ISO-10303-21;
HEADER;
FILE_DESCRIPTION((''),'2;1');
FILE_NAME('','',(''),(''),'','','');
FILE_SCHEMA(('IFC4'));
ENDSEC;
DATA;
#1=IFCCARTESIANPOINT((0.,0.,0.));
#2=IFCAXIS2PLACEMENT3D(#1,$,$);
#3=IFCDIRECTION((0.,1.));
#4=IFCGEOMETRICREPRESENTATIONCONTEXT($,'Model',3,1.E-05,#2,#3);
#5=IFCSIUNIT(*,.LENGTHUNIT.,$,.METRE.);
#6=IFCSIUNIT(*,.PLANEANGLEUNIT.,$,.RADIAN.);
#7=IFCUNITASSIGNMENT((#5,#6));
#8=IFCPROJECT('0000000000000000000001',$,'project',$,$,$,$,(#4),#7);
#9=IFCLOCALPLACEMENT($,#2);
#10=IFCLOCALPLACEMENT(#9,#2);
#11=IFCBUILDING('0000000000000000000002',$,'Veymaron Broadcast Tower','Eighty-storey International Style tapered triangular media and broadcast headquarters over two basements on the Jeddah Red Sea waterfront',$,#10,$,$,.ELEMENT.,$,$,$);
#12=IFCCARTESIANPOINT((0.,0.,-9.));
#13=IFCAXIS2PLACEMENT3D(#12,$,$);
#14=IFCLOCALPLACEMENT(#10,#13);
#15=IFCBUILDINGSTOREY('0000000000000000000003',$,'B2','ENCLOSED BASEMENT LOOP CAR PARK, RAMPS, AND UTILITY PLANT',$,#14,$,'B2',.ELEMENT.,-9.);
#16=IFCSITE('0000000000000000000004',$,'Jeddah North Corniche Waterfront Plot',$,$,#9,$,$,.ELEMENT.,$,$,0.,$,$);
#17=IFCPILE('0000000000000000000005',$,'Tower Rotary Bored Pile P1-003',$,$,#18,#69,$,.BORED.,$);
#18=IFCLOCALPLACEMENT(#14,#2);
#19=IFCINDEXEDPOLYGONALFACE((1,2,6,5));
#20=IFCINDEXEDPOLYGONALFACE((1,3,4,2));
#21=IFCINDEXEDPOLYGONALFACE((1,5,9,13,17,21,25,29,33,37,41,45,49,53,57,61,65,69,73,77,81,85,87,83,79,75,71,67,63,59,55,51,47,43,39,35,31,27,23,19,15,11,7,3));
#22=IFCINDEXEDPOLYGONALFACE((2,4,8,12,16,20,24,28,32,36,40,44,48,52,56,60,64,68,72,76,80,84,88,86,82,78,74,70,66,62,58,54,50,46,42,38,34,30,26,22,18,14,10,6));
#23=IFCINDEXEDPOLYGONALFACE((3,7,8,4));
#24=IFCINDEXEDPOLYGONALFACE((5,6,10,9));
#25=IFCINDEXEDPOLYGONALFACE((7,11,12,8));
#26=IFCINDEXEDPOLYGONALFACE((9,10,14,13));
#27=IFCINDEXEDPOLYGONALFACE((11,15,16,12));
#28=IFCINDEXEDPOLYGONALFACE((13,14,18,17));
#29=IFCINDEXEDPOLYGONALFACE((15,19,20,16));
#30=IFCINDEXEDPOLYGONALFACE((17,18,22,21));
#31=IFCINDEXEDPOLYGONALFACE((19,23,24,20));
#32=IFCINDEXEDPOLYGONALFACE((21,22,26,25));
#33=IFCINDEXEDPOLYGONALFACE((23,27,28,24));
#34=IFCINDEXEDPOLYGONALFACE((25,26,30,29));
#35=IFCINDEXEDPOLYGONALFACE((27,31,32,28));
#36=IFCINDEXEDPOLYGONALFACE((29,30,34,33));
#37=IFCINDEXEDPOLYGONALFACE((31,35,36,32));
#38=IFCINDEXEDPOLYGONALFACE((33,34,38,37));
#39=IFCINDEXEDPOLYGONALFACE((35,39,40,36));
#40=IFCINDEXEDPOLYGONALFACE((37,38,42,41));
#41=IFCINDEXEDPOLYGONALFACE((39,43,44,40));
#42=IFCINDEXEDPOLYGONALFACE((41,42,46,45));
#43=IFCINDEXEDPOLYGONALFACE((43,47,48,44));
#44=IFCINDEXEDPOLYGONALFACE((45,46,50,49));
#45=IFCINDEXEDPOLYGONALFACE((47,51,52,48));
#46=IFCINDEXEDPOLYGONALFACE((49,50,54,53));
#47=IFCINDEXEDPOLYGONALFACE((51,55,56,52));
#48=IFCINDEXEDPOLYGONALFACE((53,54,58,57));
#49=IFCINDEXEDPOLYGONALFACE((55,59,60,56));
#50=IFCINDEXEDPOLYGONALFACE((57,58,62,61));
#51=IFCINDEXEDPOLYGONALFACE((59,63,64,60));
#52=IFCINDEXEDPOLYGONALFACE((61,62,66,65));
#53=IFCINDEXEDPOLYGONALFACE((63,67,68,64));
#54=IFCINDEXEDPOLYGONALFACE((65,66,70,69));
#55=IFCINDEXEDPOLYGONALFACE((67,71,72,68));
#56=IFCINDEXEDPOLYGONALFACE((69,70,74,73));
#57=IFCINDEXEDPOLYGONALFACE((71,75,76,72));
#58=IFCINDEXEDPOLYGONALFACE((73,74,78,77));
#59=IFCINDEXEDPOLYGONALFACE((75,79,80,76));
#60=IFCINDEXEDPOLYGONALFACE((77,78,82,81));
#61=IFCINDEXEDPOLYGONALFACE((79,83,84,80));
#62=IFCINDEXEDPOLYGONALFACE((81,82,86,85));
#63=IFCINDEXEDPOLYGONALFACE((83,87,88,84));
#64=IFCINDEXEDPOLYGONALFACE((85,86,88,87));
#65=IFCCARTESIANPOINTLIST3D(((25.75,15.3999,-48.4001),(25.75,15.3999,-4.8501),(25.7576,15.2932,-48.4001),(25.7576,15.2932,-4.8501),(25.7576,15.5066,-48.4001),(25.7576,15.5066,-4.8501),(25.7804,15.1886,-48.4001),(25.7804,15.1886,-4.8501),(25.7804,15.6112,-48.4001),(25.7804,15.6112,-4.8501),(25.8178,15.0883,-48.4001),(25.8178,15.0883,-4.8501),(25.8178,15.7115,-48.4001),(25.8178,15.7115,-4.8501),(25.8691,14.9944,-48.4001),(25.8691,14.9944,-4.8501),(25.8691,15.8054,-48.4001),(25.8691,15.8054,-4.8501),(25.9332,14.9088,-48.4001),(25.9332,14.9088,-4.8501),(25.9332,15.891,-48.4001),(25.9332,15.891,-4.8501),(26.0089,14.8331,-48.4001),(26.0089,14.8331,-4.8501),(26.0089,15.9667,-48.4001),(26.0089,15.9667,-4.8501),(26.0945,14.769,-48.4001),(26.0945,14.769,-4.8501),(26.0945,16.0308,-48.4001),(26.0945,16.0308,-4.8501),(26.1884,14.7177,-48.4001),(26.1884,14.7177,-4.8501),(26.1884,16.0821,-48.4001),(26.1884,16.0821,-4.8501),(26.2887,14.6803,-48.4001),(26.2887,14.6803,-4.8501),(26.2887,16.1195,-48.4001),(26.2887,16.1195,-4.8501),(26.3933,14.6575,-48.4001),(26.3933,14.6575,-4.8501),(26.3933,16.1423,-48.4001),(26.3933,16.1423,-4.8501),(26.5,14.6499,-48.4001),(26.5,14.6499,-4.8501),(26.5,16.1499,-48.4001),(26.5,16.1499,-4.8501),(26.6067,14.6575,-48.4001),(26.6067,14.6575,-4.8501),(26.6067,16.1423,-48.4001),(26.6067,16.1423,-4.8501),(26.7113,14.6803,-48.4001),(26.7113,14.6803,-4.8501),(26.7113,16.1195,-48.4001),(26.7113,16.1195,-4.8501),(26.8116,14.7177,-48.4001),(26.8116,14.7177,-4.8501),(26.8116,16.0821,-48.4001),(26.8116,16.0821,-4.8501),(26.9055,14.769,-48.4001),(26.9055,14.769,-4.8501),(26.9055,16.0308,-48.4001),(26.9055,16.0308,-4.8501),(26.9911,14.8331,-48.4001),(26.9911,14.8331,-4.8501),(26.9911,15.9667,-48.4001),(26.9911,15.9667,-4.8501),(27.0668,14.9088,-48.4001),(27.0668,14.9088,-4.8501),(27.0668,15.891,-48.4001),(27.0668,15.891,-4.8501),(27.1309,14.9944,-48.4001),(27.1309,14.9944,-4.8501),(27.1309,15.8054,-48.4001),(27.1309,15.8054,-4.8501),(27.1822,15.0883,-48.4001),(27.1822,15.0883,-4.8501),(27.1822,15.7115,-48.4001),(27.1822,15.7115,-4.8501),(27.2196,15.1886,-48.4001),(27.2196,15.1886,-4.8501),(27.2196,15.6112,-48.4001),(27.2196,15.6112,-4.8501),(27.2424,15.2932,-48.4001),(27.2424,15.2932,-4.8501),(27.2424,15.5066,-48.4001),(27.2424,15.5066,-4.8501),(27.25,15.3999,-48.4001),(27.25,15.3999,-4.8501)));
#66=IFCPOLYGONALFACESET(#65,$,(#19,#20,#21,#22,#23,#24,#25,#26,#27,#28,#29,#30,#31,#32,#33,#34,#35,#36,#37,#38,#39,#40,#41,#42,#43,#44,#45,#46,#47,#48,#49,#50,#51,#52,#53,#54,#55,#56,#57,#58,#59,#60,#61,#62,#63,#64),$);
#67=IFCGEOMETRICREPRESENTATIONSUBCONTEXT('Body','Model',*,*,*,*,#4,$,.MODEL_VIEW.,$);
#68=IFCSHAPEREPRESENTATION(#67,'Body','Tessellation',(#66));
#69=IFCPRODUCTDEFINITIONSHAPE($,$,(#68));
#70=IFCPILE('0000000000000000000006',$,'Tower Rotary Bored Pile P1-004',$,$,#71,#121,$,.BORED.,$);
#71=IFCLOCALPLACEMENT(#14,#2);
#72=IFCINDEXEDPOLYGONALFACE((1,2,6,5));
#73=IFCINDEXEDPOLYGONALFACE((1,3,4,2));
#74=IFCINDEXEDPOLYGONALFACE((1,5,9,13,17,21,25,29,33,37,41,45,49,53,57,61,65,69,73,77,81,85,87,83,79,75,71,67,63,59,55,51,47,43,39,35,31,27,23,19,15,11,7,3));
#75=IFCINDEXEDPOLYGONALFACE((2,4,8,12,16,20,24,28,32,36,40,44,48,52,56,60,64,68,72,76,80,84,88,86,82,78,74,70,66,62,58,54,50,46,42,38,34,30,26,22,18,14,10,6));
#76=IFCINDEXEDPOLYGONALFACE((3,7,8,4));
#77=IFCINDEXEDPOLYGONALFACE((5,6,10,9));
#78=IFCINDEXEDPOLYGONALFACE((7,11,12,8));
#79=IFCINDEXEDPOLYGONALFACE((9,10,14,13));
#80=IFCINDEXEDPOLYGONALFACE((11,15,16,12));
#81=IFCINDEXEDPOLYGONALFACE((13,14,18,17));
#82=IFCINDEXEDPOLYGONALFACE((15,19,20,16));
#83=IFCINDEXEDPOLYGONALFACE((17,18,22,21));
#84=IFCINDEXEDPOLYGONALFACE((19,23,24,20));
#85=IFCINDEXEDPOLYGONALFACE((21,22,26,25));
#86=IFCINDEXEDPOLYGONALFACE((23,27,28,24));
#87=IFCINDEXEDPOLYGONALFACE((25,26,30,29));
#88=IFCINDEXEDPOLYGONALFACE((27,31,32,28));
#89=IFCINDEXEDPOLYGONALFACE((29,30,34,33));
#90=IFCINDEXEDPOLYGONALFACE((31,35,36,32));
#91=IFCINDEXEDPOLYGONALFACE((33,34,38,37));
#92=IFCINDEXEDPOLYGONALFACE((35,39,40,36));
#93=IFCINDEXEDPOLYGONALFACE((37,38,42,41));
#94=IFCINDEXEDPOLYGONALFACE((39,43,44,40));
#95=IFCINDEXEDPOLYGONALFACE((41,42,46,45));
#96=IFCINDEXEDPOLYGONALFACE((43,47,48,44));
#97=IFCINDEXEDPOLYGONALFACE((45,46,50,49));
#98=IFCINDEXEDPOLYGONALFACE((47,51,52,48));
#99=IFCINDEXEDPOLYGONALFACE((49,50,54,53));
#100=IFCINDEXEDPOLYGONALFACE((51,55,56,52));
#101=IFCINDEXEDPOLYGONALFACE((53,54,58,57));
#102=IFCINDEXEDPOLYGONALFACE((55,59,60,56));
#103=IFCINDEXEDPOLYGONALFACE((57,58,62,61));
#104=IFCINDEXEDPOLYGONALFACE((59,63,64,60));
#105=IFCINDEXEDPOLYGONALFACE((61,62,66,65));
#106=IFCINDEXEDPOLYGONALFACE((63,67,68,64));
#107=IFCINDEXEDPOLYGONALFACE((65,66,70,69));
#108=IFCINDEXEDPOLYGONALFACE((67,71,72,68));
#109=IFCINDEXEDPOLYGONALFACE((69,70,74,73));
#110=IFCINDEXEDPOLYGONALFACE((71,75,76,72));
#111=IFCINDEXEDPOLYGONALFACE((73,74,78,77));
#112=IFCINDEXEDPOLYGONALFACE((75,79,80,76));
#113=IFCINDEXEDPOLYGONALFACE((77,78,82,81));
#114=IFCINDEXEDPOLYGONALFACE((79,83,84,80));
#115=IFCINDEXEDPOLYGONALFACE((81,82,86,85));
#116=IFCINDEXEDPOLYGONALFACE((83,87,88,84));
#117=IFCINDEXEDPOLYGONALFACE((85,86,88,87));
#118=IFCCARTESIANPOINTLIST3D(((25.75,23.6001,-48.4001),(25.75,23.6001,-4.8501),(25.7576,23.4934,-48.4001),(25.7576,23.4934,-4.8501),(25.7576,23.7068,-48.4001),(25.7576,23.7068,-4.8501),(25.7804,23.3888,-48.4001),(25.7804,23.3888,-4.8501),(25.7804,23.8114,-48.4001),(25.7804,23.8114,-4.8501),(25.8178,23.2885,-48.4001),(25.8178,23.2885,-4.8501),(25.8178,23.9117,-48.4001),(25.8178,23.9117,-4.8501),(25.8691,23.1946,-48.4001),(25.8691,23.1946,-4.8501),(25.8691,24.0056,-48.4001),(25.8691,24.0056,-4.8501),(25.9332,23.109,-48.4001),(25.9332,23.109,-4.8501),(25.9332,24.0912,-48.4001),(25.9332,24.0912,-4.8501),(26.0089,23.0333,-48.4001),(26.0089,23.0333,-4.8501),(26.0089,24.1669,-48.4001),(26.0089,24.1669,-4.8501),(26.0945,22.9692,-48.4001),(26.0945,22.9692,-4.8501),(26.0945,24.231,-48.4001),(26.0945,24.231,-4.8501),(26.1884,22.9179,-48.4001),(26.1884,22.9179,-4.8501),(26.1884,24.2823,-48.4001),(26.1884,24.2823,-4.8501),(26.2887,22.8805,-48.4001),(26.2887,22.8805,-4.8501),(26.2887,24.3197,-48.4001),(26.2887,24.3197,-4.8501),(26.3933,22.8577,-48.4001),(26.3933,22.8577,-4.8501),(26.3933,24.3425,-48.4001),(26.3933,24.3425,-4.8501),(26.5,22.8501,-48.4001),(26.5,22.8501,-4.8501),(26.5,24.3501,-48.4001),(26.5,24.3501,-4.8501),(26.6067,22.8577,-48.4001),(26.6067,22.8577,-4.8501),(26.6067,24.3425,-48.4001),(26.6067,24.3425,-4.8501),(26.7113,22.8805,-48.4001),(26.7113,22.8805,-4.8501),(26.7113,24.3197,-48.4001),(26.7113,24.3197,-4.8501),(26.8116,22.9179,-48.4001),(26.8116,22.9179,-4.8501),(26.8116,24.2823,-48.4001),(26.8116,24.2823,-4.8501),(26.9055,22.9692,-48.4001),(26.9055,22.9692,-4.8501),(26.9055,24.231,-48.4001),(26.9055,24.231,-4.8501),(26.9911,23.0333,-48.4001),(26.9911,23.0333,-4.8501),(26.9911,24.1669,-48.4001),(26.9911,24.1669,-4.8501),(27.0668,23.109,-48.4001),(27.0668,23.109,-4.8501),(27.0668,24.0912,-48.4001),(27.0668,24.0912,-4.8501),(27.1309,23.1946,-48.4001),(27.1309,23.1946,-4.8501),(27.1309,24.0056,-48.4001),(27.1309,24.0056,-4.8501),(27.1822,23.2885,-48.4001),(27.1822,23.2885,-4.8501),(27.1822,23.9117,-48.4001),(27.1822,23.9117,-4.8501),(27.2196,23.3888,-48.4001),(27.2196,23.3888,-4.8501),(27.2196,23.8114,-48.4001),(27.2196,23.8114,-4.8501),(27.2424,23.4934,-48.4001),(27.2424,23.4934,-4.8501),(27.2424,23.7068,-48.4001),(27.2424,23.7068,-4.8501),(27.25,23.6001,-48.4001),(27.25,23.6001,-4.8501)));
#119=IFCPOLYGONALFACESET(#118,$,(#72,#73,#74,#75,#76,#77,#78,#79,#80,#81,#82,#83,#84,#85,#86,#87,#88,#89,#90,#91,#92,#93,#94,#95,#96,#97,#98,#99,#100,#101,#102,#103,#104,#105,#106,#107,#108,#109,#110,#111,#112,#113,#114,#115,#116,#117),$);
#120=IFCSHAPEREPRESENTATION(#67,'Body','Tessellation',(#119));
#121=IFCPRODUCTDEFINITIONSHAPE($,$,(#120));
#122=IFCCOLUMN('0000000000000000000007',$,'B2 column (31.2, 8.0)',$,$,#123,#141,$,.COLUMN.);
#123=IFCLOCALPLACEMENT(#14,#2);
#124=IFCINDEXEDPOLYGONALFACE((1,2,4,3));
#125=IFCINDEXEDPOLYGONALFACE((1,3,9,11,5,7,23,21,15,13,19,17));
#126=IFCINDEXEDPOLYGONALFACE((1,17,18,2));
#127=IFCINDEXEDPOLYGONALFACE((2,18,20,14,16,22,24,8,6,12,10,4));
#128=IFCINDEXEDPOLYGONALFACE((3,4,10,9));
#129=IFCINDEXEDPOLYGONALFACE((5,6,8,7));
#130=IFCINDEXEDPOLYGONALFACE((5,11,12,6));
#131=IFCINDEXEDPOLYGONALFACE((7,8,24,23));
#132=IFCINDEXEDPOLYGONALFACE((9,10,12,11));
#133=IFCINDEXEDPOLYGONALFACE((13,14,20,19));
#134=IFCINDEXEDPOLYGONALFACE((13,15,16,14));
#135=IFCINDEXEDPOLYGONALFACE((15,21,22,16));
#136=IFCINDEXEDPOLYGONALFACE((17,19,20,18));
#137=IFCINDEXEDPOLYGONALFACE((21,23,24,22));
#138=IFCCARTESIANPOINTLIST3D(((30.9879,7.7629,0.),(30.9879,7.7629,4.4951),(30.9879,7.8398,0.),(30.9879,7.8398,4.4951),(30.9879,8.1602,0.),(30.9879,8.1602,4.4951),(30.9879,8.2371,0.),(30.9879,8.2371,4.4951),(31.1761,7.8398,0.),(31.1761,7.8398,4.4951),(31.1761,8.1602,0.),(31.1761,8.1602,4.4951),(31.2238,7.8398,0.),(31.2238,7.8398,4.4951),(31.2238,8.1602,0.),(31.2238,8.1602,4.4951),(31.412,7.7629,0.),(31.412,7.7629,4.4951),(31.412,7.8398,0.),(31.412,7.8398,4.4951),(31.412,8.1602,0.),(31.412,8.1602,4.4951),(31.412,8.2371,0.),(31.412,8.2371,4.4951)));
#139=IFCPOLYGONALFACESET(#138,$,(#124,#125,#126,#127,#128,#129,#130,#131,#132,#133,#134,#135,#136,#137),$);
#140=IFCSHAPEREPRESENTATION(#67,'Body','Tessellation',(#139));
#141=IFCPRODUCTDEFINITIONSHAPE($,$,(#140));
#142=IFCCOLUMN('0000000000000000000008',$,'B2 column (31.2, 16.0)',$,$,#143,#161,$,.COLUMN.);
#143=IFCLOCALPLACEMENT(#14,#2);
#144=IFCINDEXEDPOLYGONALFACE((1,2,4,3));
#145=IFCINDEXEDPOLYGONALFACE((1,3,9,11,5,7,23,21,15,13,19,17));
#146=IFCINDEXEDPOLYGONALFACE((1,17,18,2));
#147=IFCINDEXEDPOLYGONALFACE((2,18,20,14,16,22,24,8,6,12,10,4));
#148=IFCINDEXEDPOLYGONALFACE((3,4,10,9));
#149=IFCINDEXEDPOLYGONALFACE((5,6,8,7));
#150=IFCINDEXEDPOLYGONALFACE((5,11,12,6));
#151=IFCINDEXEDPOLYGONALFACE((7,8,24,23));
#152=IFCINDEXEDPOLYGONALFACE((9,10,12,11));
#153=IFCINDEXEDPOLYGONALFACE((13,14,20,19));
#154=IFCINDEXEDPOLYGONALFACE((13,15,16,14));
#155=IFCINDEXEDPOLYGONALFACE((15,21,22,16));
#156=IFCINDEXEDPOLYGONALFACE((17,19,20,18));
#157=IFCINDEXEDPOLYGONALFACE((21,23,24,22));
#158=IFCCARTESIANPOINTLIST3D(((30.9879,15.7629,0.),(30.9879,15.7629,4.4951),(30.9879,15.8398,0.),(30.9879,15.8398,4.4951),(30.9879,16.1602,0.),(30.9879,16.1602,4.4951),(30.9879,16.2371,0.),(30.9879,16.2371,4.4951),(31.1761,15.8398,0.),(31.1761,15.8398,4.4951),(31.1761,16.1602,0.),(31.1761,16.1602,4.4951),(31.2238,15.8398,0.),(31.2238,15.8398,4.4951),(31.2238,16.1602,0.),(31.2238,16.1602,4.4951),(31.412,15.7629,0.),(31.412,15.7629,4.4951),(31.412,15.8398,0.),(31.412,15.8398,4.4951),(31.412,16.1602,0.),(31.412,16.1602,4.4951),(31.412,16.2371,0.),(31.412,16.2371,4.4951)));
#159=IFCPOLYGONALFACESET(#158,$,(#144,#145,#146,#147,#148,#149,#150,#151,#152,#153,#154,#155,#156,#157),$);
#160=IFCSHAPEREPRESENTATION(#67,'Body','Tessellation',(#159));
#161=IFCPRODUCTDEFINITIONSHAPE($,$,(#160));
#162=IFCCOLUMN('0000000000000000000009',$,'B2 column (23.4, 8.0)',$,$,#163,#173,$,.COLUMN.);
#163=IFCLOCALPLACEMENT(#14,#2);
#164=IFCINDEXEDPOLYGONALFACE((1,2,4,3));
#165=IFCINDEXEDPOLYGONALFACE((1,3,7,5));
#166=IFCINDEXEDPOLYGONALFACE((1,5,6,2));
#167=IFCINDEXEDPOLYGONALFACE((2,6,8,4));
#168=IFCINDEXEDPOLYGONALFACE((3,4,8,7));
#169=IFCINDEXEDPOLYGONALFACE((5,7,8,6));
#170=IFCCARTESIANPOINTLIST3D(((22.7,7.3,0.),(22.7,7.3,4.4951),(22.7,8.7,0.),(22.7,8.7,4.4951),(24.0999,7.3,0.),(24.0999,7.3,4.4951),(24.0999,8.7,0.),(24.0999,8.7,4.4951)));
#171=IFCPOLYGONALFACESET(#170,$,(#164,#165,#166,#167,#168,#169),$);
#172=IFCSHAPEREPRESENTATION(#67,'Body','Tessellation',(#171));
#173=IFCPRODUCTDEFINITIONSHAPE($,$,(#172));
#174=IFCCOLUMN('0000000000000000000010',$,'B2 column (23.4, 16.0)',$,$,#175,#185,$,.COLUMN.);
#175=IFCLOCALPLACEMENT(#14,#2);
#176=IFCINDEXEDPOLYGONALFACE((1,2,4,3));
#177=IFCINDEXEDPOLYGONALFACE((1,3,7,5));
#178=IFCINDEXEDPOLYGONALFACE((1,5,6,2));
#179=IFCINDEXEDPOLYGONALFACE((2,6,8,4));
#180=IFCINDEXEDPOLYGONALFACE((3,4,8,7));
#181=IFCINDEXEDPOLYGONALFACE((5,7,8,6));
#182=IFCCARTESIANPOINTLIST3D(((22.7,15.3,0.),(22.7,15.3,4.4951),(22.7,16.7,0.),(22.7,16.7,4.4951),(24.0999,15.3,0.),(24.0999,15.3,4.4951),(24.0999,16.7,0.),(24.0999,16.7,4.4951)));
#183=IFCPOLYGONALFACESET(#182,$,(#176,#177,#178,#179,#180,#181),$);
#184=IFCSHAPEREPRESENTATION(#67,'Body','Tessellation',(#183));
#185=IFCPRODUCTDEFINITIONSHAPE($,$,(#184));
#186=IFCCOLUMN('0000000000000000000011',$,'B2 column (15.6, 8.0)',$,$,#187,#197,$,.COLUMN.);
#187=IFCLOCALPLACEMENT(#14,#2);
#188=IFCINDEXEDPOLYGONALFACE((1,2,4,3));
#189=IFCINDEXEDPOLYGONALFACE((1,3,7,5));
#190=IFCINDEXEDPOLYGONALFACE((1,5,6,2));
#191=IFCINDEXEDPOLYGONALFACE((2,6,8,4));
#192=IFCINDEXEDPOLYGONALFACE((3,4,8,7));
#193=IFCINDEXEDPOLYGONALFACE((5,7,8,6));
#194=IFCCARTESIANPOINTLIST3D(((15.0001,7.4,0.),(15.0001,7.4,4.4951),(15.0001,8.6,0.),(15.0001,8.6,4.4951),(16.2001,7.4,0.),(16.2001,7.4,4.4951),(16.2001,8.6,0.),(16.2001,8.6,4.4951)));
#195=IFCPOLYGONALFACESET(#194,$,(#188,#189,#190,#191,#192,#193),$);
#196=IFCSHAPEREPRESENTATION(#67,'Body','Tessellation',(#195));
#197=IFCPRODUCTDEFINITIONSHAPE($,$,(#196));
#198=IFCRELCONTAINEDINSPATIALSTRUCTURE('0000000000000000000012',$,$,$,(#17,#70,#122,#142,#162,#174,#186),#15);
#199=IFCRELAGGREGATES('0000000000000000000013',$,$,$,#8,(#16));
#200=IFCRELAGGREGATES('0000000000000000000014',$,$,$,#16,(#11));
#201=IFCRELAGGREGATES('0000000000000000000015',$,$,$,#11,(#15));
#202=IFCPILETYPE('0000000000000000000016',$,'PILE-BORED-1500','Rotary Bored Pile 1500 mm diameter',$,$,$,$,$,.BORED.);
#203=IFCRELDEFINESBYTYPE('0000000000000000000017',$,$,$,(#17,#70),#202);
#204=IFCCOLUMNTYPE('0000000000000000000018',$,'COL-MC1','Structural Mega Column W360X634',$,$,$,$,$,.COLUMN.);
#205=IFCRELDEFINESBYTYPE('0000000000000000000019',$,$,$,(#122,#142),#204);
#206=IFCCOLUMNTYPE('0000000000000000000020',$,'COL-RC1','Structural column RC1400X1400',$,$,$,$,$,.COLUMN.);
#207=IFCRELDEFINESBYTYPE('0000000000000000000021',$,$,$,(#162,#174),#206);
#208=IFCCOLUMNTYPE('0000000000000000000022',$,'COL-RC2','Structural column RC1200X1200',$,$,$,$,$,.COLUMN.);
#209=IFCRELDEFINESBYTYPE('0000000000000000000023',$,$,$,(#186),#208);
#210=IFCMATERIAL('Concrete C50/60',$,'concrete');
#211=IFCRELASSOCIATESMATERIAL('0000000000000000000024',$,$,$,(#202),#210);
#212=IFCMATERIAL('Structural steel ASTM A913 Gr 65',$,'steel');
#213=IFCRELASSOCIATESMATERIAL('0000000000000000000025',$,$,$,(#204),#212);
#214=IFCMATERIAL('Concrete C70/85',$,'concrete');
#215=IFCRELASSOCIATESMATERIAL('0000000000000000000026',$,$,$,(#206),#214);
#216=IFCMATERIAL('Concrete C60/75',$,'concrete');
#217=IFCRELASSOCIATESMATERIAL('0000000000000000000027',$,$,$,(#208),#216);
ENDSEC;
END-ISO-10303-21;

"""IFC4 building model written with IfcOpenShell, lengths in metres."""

from ifc_helpers import new_model, si_unit, direction, frame, origin, origin_2d, place, context, subcontext, project, spatial, rectangle, circle, i_section, extrude, material, material_profile, profile_set, type_object, element, save


model = new_model("IFC4")

# Units and contexts
model_context = context("Model", 3, precision=1e-05, world=origin(), true_north=direction((0.0, 1.0)))
body_context = subcontext(model_context, "Body", "Model", "MODEL_VIEW")
ifc_project = project(units=[si_unit("LENGTHUNIT", "METRE"), si_unit("PLANEANGLEUNIT", "RADIAN")], contexts=[model_context])

# Site, building, storey
site_placement = place(None, origin())
site = spatial("IfcSite", under=ifc_project, at=site_placement, Name="Jeddah North Corniche Waterfront Plot", CompositionType="ELEMENT", RefElevation=0.0)
building_placement = place(site_placement, origin())
building = spatial("IfcBuilding", under=site, at=building_placement, Name="Veymaron Broadcast Tower", Description="Eighty-storey International Style tapered triangular media and broadcast headquarters over two basements on the Jeddah Red Sea waterfront", CompositionType="ELEMENT")
storey_placement = place(building_placement, frame((0.0, 0.0, -9.0)))
storey = spatial("IfcBuildingStorey", under=building, at=storey_placement, Name="B2", Description="ENCLOSED BASEMENT LOOP CAR PARK, RAMPS, AND UTILITY PLANT", LongName="B2", CompositionType="ELEMENT", Elevation=-9.0)

# Piles
ifc_material_1 = material(Name="Concrete C50/60", Category="concrete")
ifc_material_profile_1 = material_profile(ifc_material_1, circle(Radius=0.75, at=origin_2d()), Name="PILE1500")
ifc_profile_set_1 = profile_set([ifc_material_profile_1], Name="Concrete C50/60")
pile_type_1 = type_object("IfcPileType", Name="PILE-BORED-1500", Description="Rotary Bored Pile 1500 mm diameter", PredefinedType="BORED", material=ifc_profile_set_1)
for number, where, z_axis, x_axis, name in (
    (1, (26.5, 15.3999, -4.8501), (0.0, 0.0, -1.0), (1.0, 0.0, 0.0), "Tower Rotary Bored Pile P1-003"),
    (2, (26.5, 23.6001, -4.8501), (0.0, 0.0, -1.0), (1.0, 0.0, 0.0), "Tower Rotary Bored Pile P1-004"),
):
    element("IfcPile", number, at=place(storey_placement, frame(where, z_axis=z_axis, x_axis=x_axis)), inside=storey, type_object=pile_type_1, Name=name, PredefinedType="BORED", context=body_context, shape_type="SweptSolid", body=[
        extrude(circle(Radius=0.75, at=origin_2d()), origin(), (0.0, 0.0, 1.0), 43.55),
    ])

# Columns
ifc_material_2 = material(Name="Structural steel ASTM A913 Gr 65", Category="steel")
ifc_material_profile_2 = material_profile(ifc_material_2, i_section(OverallWidth=0.4241, OverallDepth=0.4741, WebThickness=0.0476, FlangeThickness=0.0769, at=origin_2d()), Name="W360X634")
ifc_profile_set_2 = profile_set([ifc_material_profile_2], Name="Structural steel ASTM A913 Gr 65")
column_type_1 = type_object("IfcColumnType", Name="COL-MC1", Description="Structural Mega Column W360X634", PredefinedType="COLUMN", material=ifc_profile_set_2)
for number, where, z_axis, x_axis, name in (
    (3, (31.2, 8.0, 0.0), (0.0, 0.0, 1.0), (1.0, 0.0, 0.0), "B2 column (31.2, 8.0)"),
    (4, (31.2, 16.0, 0.0), (0.0, 0.0, 1.0), (1.0, 0.0, 0.0), "B2 column (31.2, 16.0)"),
):
    element("IfcColumn", number, at=place(storey_placement, frame(where, z_axis=z_axis, x_axis=x_axis)), inside=storey, type_object=column_type_1, Name=name, PredefinedType="COLUMN", context=body_context, shape_type="SweptSolid", body=[
        extrude(i_section(OverallWidth=0.4241, OverallDepth=0.4741, WebThickness=0.0476, FlangeThickness=0.0769, at=origin_2d()), origin(), (0.0, 0.0, 1.0), 4.4951),
    ])
ifc_material_3 = material(Name="Concrete C70/85", Category="concrete")
ifc_material_profile_3 = material_profile(ifc_material_3, rectangle(XDim=1.3999, YDim=1.3999, at=origin_2d()), Name="RC1400X1400")
ifc_profile_set_3 = profile_set([ifc_material_profile_3], Name="Concrete C70/85")
column_type_2 = type_object("IfcColumnType", Name="COL-RC1", Description="Structural column RC1400X1400", PredefinedType="COLUMN", material=ifc_profile_set_3)
for number, where, z_axis, x_axis, name in (
    (5, (23.3999, 8.0, 0.0), (0.0, 0.0, 1.0), (1.0, 0.0, 0.0), "B2 column (23.4, 8.0)"),
    (6, (23.3999, 16.0, 0.0), (0.0, 0.0, 1.0), (1.0, 0.0, 0.0), "B2 column (23.4, 16.0)"),
):
    element("IfcColumn", number, at=place(storey_placement, frame(where, z_axis=z_axis, x_axis=x_axis)), inside=storey, type_object=column_type_2, Name=name, PredefinedType="COLUMN", context=body_context, shape_type="SweptSolid", body=[
        extrude(rectangle(XDim=1.3999, YDim=1.3999, at=origin_2d()), origin(), (0.0, 0.0, 1.0), 4.4951),
    ])
ifc_material_4 = material(Name="Concrete C60/75", Category="concrete")
ifc_material_profile_4 = material_profile(ifc_material_4, rectangle(XDim=1.2, YDim=1.2, at=origin_2d()), Name="RC1200X1200")
ifc_profile_set_4 = profile_set([ifc_material_profile_4], Name="Concrete C60/75")
column_type_3 = type_object("IfcColumnType", Name="COL-RC2", Description="Structural column RC1200X1200", PredefinedType="COLUMN", material=ifc_profile_set_4)
for number, where, z_axis, x_axis, name in (
    (7, (15.6001, 8.0, 0.0), (0.0, 0.0, 1.0), (1.0, 0.0, 0.0), "B2 column (15.6, 8.0)"),
):
    element("IfcColumn", number, at=place(storey_placement, frame(where, z_axis=z_axis, x_axis=x_axis)), inside=storey, type_object=column_type_3, Name=name, PredefinedType="COLUMN", context=body_context, shape_type="SweptSolid", body=[
        extrude(rectangle(XDim=1.2, YDim=1.2, at=origin_2d()), origin(), (0.0, 0.0, 1.0), 4.4951),
    ])

save(model, "model.ifc")
